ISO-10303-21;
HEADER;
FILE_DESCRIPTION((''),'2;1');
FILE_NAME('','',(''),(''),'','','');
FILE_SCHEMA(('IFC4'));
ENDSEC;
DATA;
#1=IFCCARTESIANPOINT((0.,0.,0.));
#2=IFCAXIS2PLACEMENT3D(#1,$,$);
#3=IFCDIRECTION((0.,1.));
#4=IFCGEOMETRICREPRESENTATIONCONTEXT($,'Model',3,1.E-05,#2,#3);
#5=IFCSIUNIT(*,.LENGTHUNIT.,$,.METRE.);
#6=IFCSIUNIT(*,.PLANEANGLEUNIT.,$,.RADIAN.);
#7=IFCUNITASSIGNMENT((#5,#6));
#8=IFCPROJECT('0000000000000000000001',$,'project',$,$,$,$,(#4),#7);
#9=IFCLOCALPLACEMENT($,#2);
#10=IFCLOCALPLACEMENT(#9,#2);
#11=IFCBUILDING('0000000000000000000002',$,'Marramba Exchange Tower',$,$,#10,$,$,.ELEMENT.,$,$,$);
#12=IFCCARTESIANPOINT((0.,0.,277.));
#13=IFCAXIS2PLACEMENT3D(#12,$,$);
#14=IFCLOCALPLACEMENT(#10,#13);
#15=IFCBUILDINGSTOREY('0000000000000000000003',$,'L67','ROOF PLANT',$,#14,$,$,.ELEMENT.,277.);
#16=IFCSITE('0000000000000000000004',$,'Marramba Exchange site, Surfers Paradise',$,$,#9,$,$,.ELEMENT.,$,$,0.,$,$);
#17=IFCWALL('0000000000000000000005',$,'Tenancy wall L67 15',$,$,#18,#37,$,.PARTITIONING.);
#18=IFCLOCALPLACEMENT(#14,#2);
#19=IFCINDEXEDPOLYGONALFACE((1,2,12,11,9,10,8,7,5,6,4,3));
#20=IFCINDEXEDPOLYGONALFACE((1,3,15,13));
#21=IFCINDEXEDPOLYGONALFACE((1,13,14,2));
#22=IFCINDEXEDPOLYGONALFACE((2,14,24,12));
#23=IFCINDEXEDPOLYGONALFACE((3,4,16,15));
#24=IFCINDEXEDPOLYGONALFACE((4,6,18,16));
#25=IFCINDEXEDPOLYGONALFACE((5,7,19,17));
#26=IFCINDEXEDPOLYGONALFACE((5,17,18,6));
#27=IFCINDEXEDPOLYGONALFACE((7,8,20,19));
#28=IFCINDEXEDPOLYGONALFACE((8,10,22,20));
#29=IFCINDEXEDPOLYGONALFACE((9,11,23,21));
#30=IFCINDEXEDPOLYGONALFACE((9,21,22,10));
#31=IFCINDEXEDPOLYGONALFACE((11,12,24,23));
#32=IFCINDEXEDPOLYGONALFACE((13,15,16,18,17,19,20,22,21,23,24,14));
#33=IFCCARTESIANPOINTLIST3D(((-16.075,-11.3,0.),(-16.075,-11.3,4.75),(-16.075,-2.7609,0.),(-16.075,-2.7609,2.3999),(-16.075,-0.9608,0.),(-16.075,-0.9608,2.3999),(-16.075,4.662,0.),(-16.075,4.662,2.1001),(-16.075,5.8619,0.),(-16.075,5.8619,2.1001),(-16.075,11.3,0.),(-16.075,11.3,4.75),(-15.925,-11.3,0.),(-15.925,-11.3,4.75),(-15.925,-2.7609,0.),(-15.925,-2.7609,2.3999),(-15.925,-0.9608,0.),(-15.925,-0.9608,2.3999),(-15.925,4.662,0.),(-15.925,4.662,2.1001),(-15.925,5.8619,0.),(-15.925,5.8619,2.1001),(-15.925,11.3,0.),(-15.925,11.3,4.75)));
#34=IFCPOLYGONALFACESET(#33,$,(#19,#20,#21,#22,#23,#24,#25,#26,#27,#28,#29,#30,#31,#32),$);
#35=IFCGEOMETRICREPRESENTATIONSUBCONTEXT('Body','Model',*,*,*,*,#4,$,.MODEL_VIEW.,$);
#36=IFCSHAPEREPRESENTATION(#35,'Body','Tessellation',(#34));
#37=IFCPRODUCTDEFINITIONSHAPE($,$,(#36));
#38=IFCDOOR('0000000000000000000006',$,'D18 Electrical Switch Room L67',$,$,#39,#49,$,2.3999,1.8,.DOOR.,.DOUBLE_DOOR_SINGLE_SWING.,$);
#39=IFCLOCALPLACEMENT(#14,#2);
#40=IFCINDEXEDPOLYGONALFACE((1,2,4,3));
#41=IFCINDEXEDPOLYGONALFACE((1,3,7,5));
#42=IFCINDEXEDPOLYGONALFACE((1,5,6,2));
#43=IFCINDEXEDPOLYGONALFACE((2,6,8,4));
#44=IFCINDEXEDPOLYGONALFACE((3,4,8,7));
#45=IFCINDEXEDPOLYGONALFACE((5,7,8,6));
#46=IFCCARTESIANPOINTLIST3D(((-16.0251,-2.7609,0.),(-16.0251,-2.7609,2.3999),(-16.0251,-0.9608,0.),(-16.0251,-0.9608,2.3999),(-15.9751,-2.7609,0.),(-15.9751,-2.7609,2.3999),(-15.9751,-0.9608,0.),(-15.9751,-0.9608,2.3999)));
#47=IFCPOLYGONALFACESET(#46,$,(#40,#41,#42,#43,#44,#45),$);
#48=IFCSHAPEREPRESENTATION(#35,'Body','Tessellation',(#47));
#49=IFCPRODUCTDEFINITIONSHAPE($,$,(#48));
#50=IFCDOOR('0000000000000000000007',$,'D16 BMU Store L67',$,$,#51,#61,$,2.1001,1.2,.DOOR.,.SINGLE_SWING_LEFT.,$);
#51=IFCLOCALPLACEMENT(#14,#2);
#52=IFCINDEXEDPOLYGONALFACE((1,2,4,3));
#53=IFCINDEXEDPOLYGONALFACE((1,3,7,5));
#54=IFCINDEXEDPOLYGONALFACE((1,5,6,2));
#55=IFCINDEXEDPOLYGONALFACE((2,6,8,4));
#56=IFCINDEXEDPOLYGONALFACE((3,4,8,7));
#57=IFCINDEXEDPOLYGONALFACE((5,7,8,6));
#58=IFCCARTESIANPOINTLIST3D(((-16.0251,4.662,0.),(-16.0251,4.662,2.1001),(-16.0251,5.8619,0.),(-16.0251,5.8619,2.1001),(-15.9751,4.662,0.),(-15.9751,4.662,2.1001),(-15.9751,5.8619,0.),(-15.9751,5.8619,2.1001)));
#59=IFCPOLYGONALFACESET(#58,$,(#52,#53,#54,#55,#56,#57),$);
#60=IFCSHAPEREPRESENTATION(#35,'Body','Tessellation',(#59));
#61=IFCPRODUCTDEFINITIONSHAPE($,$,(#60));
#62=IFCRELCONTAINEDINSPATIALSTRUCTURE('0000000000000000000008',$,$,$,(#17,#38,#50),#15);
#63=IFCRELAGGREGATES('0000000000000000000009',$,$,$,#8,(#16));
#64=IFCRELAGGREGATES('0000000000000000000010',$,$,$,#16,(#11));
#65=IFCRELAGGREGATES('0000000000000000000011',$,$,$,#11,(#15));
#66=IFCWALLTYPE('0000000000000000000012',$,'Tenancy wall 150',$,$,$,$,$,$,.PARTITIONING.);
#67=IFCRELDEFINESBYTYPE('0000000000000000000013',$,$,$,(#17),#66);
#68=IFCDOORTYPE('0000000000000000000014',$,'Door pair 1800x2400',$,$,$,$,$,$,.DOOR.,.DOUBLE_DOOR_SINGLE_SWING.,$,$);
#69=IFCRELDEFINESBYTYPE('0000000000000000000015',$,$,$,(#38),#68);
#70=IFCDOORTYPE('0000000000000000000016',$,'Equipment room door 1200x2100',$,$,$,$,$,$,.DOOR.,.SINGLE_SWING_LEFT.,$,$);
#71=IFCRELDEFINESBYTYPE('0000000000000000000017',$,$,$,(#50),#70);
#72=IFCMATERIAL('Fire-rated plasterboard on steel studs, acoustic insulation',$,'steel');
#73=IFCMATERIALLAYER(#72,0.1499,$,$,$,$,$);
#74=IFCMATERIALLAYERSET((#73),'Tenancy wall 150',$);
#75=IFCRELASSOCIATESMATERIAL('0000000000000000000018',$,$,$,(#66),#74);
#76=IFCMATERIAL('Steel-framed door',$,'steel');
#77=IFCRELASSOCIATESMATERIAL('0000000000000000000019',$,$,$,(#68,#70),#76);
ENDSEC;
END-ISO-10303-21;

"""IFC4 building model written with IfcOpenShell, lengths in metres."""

from ifc_helpers import new_model, si_unit, direction, frame, frame_2d, origin, place, context, subcontext, project, spatial, rectangle, extrude, material, layer, layer_set, type_object, element, fill, save


model = new_model("IFC4")

# Units and contexts
model_context = context("Model", 3, precision=1e-05, world=origin(), true_north=direction((0.0, 1.0)))
body_context = subcontext(model_context, "Body", "Model", "MODEL_VIEW")
ifc_project = project(units=[si_unit("LENGTHUNIT", "METRE"), si_unit("PLANEANGLEUNIT", "RADIAN")], contexts=[model_context])

# Site, building, storey
site_placement = place(None, origin())
site = spatial("IfcSite", under=ifc_project, at=site_placement, Name="Marramba Exchange site, Surfers Paradise", CompositionType="ELEMENT", RefElevation=0.0)
building_placement = place(site_placement, origin())
building = spatial("IfcBuilding", under=site, at=building_placement, Name="Marramba Exchange Tower", CompositionType="ELEMENT")
storey_placement = place(building_placement, frame((0.0, 0.0, 277.0)))
storey = spatial("IfcBuildingStorey", under=building, at=storey_placement, Name="L67", Description="ROOF PLANT", CompositionType="ELEMENT", Elevation=277.0)

# Shared definitions
ifc_material_1 = material(Name="Steel-framed door", Category="steel")

# Wall, openings, doors
ifc_material_2 = material(Name="Fire-rated plasterboard on steel studs, acoustic insulation", Category="steel")
ifc_layer_1 = layer(ifc_material_2, 0.1499)
ifc_layer_set_1 = layer_set([ifc_layer_1], Name="Tenancy wall 150")
wall_type_1 = type_object("IfcWallType", Name="Tenancy wall 150", PredefinedType="PARTITIONING", material=ifc_layer_set_1)
wall_1_placement = place(storey_placement, frame((-16.0, 11.3, 0.0), z_axis=(0.0, 0.0, 1.0), x_axis=(0.0, -1.0, 0.0)))
wall_1 = element("IfcWall", 1, at=wall_1_placement, inside=storey, type_object=wall_type_1, Name="Tenancy wall L67 15", PredefinedType="PARTITIONING", context=body_context, shape_type="SweptSolid", body=[
    extrude(rectangle(XDim=22.6001, YDim=0.1499, at=frame_2d((11.3, 0.0))), origin(), (0.0, 0.0, 1.0), 4.75),
])
opening_1_placement = place(wall_1_placement, frame((5.438, 0.0, 0.0)))
opening_1 = element("IfcOpeningElement", 2, at=opening_1_placement, cuts=wall_1, PredefinedType="OPENING", context=body_context, shape_type="SweptSolid", body=[
    extrude(rectangle(XDim=1.2, YDim=2.1001, at=frame_2d((0.6001, 1.05))), frame((0.0, 0.085, 0.0), z_axis=(0.0, -1.0, 0.0), x_axis=(1.0, 0.0, 0.0)), (0.0, 0.0, 1.0), 0.1699),
])
opening_2_placement = place(wall_1_placement, frame((12.261, 0.0, 0.0)))
opening_2 = element("IfcOpeningElement", 3, at=opening_2_placement, cuts=wall_1, PredefinedType="OPENING", context=body_context, shape_type="SweptSolid", body=[
    extrude(rectangle(XDim=1.8, YDim=2.3999, at=frame_2d((0.8999, 1.2))), frame((0.0, 0.085, 0.0), z_axis=(0.0, -1.0, 0.0), x_axis=(1.0, 0.0, 0.0)), (0.0, 0.0, 1.0), 0.1699),
])
door_type_1 = type_object("IfcDoorType", Name="Door pair 1800x2400", OperationType="DOUBLE_DOOR_SINGLE_SWING", PredefinedType="DOOR", material=ifc_material_1)
door_1_placement = place(opening_2_placement, origin())
door_1 = element("IfcDoor", 4, at=door_1_placement, inside=storey, type_object=door_type_1, Name="D18 Electrical Switch Room L67", OperationType="DOUBLE_DOOR_SINGLE_SWING", OverallHeight=2.3999, OverallWidth=1.8, PredefinedType="DOOR", context=body_context, shape_type="SweptSolid", body=[
    extrude(rectangle(XDim=1.8, YDim=2.3999, at=frame_2d((0.8999, 1.2))), frame((0.0, 0.0249, 0.0), z_axis=(0.0, -1.0, 0.0), x_axis=(1.0, 0.0, 0.0)), (0.0, 0.0, 1.0), 0.05),
])
fill(opening_2, door_1)
door_type_2 = type_object("IfcDoorType", Name="Equipment room door 1200x2100", OperationType="SINGLE_SWING_LEFT", PredefinedType="DOOR", material=ifc_material_1)
door_2_placement = place(opening_1_placement, frame((1.2, 0.0, 0.0), z_axis=(0.0, 0.0, 1.0), x_axis=(-1.0, 0.0, 0.0)))
door_2 = element("IfcDoor", 5, at=door_2_placement, inside=storey, type_object=door_type_2, Name="D16 BMU Store L67", OperationType="SINGLE_SWING_LEFT", OverallHeight=2.1001, OverallWidth=1.2, PredefinedType="DOOR", context=body_context, shape_type="SweptSolid", body=[
    extrude(rectangle(XDim=1.2, YDim=2.1001, at=frame_2d((0.5999, 1.05))), frame((0.0, 0.0251, 0.0), z_axis=(0.0, -1.0, 0.0), x_axis=(1.0, 0.0, 0.0)), (0.0, 0.0, 1.0), 0.05),
])
fill(opening_1, door_2)

save(model, "model.ifc")
